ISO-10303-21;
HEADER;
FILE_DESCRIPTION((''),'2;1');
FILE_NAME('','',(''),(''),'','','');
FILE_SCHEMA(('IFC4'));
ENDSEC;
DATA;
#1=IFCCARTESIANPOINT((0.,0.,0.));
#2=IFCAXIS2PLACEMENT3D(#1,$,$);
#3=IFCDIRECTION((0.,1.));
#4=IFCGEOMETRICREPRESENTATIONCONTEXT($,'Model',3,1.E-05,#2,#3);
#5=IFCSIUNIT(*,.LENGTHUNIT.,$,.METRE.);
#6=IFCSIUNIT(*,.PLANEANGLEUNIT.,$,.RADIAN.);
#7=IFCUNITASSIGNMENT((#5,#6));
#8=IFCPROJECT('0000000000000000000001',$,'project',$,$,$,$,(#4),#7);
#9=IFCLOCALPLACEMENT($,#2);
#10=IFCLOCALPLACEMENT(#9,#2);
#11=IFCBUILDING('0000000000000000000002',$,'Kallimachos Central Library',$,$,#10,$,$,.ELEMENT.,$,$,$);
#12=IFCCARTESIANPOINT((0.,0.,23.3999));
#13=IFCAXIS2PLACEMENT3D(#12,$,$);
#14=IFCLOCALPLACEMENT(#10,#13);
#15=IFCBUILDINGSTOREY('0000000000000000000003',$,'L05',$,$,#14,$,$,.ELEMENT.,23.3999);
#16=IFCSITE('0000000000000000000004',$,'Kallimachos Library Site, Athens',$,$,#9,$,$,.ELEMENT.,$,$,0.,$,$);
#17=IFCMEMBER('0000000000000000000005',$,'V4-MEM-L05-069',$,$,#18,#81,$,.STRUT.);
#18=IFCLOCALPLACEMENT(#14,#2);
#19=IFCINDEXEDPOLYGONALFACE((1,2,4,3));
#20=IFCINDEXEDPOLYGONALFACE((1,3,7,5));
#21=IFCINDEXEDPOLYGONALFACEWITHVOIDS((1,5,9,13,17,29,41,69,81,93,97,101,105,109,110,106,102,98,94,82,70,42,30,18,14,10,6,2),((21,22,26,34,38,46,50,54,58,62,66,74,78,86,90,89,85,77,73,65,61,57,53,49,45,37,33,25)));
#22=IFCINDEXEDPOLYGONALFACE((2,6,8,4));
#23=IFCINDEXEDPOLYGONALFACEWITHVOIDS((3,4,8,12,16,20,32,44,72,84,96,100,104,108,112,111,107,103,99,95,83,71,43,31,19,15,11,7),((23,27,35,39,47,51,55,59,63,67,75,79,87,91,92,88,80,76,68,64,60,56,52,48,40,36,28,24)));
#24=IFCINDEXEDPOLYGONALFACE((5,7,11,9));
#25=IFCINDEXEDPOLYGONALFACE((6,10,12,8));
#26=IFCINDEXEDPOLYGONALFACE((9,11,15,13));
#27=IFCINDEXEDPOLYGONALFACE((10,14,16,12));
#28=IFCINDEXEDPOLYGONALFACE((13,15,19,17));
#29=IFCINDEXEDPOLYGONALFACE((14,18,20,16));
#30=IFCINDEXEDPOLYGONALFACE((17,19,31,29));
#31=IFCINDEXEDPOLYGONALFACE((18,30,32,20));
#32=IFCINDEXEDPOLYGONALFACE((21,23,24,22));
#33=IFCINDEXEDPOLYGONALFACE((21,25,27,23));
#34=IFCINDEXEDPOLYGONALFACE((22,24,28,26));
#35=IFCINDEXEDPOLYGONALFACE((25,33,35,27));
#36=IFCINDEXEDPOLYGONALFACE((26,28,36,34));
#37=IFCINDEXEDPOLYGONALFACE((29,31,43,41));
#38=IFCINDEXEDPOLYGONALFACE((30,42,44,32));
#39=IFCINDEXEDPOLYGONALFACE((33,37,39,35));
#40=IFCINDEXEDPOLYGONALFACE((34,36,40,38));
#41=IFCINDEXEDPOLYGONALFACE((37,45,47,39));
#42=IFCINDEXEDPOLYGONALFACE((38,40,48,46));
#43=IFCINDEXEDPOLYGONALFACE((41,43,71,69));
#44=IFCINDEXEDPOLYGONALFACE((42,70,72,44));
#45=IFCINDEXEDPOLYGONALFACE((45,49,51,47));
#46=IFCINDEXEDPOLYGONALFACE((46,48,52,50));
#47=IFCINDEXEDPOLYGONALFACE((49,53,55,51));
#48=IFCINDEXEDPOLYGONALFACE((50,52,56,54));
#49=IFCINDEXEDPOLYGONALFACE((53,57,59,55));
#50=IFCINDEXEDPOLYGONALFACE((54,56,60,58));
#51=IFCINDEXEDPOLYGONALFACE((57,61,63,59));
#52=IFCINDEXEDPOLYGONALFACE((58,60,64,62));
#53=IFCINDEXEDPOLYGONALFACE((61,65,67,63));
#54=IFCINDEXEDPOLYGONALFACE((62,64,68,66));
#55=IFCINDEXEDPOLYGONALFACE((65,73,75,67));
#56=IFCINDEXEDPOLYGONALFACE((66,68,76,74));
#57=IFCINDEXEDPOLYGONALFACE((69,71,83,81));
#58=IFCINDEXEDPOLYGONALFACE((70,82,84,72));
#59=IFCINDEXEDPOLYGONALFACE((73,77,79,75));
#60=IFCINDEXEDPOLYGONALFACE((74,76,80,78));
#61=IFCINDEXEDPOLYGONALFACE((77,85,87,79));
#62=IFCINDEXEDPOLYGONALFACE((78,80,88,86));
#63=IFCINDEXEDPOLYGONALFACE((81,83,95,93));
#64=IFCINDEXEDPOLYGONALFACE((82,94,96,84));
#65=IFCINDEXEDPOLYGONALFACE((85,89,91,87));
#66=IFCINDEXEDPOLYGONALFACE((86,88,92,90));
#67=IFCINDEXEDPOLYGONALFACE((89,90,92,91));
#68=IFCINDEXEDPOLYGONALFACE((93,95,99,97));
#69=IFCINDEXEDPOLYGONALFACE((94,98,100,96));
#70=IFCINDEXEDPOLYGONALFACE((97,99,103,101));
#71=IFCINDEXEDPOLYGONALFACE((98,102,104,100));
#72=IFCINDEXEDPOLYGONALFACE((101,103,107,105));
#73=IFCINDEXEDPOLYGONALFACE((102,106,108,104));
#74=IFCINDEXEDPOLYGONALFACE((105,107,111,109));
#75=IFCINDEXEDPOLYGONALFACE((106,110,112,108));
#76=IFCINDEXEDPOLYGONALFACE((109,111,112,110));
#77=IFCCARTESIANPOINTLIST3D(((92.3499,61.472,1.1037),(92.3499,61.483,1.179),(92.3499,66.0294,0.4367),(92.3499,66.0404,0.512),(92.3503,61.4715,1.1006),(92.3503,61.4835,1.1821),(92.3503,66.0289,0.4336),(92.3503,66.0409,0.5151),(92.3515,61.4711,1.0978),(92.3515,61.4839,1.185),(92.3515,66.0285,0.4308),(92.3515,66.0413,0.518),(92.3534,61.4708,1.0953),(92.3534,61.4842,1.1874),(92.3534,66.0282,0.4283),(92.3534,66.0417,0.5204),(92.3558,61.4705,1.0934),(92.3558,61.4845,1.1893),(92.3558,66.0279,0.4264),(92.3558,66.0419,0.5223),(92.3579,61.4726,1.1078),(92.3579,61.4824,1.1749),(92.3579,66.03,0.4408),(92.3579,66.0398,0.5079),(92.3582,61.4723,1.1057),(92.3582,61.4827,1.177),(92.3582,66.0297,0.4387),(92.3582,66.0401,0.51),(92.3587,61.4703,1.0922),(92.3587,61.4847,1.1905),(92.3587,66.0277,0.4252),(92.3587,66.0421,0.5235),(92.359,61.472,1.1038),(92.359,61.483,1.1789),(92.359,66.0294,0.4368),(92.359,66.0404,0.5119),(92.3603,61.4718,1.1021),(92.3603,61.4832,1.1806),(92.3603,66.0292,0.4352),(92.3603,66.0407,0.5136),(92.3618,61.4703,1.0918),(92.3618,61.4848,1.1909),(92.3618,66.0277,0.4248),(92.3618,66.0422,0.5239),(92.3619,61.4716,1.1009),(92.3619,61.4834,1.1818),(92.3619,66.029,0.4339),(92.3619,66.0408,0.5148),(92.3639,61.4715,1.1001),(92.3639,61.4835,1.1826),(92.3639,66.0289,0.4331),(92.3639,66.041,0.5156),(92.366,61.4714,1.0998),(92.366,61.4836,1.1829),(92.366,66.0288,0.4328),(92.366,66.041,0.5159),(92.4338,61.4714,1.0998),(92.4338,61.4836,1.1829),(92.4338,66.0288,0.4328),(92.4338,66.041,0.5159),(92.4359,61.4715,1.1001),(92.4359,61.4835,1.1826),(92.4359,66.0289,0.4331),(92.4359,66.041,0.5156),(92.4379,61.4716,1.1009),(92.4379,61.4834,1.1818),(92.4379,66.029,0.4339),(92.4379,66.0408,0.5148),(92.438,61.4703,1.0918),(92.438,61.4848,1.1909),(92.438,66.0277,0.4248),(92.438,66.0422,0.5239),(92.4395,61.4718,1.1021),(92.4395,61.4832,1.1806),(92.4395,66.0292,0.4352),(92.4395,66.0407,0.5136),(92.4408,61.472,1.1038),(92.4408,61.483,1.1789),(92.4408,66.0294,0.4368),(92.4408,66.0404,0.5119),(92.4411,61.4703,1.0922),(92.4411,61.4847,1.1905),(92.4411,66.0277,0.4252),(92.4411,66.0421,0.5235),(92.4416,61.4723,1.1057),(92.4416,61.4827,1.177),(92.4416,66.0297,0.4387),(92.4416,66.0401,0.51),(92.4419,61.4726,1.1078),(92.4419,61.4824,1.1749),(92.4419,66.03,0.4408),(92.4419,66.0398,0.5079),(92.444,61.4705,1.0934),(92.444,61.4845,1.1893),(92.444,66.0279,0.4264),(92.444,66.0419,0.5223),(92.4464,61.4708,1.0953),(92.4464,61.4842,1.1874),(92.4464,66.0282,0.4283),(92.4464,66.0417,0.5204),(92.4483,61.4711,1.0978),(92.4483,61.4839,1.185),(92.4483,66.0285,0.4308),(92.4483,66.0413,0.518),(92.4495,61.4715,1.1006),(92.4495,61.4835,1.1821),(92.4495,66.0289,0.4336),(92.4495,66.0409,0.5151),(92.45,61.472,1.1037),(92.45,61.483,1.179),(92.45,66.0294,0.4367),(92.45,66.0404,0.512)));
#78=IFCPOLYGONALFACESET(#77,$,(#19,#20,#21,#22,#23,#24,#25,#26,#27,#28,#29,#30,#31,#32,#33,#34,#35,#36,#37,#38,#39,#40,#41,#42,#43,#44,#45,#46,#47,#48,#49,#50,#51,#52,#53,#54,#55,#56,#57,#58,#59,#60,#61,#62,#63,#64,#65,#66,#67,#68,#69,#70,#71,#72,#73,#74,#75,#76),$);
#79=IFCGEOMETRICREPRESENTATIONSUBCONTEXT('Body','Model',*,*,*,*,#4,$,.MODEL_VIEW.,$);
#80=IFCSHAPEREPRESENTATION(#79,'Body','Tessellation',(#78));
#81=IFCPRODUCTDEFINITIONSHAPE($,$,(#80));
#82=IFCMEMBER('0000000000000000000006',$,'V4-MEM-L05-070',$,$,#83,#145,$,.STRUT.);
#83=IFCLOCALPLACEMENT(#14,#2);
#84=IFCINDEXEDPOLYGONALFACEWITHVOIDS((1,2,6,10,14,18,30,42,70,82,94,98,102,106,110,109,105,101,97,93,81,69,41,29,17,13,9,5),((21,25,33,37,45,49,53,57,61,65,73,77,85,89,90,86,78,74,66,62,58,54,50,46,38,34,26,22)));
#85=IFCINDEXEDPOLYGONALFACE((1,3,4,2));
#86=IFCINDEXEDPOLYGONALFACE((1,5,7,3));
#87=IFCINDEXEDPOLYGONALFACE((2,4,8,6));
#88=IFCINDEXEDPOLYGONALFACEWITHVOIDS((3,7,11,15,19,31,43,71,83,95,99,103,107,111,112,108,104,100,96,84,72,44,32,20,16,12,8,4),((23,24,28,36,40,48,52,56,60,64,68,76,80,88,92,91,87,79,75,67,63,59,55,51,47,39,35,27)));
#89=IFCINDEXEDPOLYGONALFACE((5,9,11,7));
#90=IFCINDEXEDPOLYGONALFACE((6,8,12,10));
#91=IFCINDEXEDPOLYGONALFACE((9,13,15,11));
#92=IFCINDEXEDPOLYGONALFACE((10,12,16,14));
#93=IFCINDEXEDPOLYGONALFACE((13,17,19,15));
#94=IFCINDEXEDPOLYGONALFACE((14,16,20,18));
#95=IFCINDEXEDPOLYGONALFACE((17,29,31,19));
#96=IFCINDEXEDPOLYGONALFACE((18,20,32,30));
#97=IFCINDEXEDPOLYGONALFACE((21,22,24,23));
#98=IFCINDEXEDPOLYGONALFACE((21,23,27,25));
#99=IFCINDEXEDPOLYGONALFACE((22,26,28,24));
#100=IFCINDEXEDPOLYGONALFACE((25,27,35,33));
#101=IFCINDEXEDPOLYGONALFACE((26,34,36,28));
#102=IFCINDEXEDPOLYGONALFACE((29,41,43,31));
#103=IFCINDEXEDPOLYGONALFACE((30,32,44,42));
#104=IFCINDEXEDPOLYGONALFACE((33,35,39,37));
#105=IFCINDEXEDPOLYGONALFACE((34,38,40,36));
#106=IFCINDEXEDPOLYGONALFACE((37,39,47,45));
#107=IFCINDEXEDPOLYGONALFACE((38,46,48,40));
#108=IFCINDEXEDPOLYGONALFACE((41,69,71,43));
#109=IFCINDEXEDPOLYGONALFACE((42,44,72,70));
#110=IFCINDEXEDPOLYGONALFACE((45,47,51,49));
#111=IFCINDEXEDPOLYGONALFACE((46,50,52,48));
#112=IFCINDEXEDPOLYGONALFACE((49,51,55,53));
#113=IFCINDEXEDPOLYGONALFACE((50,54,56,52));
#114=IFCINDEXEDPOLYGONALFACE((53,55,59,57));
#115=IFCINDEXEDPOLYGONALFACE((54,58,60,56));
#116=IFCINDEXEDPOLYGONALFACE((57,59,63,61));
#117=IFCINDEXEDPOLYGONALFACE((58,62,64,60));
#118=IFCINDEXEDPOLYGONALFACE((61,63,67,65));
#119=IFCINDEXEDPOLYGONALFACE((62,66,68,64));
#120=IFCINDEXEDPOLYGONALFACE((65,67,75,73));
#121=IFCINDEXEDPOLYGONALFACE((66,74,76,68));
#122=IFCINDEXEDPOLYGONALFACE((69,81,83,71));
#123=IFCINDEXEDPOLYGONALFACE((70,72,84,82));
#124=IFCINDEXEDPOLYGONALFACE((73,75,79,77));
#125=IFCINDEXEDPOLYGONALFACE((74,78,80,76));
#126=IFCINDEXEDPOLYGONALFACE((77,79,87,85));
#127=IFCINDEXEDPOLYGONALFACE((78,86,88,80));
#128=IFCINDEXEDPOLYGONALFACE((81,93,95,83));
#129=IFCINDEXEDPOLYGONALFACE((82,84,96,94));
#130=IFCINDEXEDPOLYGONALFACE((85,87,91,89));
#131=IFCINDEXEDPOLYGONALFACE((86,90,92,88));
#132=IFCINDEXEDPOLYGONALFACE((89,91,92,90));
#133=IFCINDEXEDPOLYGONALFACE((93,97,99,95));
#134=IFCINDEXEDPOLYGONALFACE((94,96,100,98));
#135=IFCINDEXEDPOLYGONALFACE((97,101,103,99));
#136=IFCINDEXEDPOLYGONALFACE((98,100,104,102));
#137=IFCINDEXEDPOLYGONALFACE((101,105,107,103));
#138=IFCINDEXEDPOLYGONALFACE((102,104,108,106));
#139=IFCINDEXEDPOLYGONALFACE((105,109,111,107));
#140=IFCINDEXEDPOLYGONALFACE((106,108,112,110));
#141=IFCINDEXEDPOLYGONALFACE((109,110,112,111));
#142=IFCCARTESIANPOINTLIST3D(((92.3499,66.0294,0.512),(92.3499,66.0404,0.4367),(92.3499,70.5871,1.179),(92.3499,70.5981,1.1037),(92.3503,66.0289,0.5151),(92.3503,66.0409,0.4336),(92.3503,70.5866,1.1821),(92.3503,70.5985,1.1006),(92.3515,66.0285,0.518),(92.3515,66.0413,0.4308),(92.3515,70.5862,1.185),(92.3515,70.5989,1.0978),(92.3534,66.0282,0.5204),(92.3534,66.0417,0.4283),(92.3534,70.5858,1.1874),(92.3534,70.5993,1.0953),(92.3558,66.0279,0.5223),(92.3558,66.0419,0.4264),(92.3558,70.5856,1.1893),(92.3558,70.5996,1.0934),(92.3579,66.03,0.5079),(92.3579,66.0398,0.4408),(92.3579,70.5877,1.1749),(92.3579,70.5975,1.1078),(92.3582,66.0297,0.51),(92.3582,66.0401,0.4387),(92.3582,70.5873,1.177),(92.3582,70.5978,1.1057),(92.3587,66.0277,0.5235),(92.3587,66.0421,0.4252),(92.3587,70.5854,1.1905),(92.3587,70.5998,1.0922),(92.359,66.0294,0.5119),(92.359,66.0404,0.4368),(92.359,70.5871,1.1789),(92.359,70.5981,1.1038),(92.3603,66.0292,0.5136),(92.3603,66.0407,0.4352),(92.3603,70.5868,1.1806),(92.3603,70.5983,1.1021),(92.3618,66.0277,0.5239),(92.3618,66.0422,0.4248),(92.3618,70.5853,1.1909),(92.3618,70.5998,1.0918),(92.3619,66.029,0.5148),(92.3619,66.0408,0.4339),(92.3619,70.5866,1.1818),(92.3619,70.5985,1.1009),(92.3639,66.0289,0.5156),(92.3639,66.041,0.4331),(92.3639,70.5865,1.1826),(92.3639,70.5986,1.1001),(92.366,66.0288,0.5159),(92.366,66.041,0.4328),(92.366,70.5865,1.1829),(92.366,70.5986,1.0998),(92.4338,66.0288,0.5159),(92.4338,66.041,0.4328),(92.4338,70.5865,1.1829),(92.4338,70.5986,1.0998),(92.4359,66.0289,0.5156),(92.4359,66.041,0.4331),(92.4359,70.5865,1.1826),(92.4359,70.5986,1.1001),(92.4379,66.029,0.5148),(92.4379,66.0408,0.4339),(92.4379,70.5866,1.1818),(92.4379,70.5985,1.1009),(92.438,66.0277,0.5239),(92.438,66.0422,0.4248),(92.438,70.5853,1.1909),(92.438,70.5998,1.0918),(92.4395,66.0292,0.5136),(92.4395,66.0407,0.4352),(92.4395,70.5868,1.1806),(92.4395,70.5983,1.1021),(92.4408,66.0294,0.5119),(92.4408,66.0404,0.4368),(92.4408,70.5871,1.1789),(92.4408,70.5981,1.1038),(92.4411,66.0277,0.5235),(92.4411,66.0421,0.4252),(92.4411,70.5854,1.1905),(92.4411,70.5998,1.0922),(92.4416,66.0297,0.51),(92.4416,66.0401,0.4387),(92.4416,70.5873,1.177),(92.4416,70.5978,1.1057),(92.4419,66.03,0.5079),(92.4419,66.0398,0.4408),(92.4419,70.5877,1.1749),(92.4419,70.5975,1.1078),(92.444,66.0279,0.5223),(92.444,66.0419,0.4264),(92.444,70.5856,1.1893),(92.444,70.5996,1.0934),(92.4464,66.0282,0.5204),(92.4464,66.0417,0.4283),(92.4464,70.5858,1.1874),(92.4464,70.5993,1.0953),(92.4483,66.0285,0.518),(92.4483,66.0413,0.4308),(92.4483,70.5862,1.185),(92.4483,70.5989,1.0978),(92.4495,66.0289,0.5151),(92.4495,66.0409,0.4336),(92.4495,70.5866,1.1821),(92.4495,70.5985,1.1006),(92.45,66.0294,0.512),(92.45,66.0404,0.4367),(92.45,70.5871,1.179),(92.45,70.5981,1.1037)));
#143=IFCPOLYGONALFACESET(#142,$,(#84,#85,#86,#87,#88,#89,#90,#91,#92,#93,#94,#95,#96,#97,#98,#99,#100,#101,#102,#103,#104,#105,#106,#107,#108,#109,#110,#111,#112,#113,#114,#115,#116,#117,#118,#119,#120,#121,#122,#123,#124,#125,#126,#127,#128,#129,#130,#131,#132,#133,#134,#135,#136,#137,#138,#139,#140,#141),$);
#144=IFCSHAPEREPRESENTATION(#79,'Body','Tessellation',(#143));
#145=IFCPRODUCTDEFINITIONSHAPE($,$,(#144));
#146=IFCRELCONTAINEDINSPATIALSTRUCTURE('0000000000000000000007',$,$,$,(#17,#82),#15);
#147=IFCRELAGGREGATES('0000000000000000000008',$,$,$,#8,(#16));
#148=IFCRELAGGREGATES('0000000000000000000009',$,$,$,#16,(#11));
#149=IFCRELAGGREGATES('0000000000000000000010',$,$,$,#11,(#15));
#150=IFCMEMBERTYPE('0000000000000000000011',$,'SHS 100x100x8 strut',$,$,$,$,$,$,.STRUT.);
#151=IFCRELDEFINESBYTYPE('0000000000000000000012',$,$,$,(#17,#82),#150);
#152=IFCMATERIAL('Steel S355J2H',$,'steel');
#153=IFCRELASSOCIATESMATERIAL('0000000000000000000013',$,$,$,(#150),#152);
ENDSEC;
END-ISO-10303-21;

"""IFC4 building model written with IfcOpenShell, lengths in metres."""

from ifc_helpers import new_model, si_unit, direction, frame, origin, origin_2d, place, context, subcontext, project, spatial, hollow_rectangle, extrude, material, material_profile, profile_set, type_object, element, save


model = new_model("IFC4")

# Units and contexts
model_context = context("Model", 3, precision=1e-05, world=origin(), true_north=direction((0.0, 1.0)))
body_context = subcontext(model_context, "Body", "Model", "MODEL_VIEW")
ifc_project = project(units=[si_unit("LENGTHUNIT", "METRE"), si_unit("PLANEANGLEUNIT", "RADIAN")], contexts=[model_context])

# Site, building, storey
site_placement = place(None, origin())
site = spatial("IfcSite", under=ifc_project, at=site_placement, Name="Kallimachos Library Site, Athens", CompositionType="ELEMENT", RefElevation=0.0)
building_placement = place(site_placement, origin())
building = spatial("IfcBuilding", under=site, at=building_placement, Name="Kallimachos Central Library", CompositionType="ELEMENT")
storey_placement = place(building_placement, frame((0.0, 0.0, 23.3999)))
storey = spatial("IfcBuildingStorey", under=building, at=storey_placement, Name="L05", CompositionType="ELEMENT", Elevation=23.3999)

# Members
ifc_material_1 = material(Name="Steel S355J2H", Category="steel")
ifc_material_profile_1 = material_profile(ifc_material_1, hollow_rectangle(XDim=0.1001, YDim=0.1001, WallThickness=0.0081, InnerFilletRadius=0.0081, OuterFilletRadius=0.012, at=origin_2d()), Name="SHS 100x100x8")
ifc_profile_set_1 = profile_set([ifc_material_profile_1], Name="Steel S355J2H")
member_type_1 = type_object("IfcMemberType", Name="SHS 100x100x8 strut", PredefinedType="STRUT", material=ifc_profile_set_1)
member_1_placement = place(storey_placement, frame((92.3999, 66.0349, 0.4744), z_axis=(0.0, -0.989459, 0.144812), x_axis=(1.0, 0.0, 0.0)))
element("IfcMember", 1, at=member_1_placement, inside=storey, type_object=member_type_1, Name="V4-MEM-L05-069", PredefinedType="STRUT", context=body_context, shape_type="SweptSolid", body=[
    extrude(hollow_rectangle(XDim=0.1001, YDim=0.1001, WallThickness=0.0081, InnerFilletRadius=0.0081, OuterFilletRadius=0.012, at=origin_2d()), origin(), (0.0, 0.0, 1.0), 4.606),
])
member_2_placement = place(storey_placement, frame((92.3999, 66.0349, 0.4744), z_axis=(0.0, 0.98946, 0.144804), x_axis=(-1.0, 0.0, 0.0)))
element("IfcMember", 2, at=member_2_placement, inside=storey, type_object=member_type_1, Name="V4-MEM-L05-070", PredefinedType="STRUT", context=body_context, shape_type="SweptSolid", body=[
    extrude(hollow_rectangle(XDim=0.1001, YDim=0.1001, WallThickness=0.0081, InnerFilletRadius=0.0081, OuterFilletRadius=0.012, at=origin_2d()), origin(), (0.0, 0.0, 1.0), 4.6062),
])

save(model, "model.ifc")
